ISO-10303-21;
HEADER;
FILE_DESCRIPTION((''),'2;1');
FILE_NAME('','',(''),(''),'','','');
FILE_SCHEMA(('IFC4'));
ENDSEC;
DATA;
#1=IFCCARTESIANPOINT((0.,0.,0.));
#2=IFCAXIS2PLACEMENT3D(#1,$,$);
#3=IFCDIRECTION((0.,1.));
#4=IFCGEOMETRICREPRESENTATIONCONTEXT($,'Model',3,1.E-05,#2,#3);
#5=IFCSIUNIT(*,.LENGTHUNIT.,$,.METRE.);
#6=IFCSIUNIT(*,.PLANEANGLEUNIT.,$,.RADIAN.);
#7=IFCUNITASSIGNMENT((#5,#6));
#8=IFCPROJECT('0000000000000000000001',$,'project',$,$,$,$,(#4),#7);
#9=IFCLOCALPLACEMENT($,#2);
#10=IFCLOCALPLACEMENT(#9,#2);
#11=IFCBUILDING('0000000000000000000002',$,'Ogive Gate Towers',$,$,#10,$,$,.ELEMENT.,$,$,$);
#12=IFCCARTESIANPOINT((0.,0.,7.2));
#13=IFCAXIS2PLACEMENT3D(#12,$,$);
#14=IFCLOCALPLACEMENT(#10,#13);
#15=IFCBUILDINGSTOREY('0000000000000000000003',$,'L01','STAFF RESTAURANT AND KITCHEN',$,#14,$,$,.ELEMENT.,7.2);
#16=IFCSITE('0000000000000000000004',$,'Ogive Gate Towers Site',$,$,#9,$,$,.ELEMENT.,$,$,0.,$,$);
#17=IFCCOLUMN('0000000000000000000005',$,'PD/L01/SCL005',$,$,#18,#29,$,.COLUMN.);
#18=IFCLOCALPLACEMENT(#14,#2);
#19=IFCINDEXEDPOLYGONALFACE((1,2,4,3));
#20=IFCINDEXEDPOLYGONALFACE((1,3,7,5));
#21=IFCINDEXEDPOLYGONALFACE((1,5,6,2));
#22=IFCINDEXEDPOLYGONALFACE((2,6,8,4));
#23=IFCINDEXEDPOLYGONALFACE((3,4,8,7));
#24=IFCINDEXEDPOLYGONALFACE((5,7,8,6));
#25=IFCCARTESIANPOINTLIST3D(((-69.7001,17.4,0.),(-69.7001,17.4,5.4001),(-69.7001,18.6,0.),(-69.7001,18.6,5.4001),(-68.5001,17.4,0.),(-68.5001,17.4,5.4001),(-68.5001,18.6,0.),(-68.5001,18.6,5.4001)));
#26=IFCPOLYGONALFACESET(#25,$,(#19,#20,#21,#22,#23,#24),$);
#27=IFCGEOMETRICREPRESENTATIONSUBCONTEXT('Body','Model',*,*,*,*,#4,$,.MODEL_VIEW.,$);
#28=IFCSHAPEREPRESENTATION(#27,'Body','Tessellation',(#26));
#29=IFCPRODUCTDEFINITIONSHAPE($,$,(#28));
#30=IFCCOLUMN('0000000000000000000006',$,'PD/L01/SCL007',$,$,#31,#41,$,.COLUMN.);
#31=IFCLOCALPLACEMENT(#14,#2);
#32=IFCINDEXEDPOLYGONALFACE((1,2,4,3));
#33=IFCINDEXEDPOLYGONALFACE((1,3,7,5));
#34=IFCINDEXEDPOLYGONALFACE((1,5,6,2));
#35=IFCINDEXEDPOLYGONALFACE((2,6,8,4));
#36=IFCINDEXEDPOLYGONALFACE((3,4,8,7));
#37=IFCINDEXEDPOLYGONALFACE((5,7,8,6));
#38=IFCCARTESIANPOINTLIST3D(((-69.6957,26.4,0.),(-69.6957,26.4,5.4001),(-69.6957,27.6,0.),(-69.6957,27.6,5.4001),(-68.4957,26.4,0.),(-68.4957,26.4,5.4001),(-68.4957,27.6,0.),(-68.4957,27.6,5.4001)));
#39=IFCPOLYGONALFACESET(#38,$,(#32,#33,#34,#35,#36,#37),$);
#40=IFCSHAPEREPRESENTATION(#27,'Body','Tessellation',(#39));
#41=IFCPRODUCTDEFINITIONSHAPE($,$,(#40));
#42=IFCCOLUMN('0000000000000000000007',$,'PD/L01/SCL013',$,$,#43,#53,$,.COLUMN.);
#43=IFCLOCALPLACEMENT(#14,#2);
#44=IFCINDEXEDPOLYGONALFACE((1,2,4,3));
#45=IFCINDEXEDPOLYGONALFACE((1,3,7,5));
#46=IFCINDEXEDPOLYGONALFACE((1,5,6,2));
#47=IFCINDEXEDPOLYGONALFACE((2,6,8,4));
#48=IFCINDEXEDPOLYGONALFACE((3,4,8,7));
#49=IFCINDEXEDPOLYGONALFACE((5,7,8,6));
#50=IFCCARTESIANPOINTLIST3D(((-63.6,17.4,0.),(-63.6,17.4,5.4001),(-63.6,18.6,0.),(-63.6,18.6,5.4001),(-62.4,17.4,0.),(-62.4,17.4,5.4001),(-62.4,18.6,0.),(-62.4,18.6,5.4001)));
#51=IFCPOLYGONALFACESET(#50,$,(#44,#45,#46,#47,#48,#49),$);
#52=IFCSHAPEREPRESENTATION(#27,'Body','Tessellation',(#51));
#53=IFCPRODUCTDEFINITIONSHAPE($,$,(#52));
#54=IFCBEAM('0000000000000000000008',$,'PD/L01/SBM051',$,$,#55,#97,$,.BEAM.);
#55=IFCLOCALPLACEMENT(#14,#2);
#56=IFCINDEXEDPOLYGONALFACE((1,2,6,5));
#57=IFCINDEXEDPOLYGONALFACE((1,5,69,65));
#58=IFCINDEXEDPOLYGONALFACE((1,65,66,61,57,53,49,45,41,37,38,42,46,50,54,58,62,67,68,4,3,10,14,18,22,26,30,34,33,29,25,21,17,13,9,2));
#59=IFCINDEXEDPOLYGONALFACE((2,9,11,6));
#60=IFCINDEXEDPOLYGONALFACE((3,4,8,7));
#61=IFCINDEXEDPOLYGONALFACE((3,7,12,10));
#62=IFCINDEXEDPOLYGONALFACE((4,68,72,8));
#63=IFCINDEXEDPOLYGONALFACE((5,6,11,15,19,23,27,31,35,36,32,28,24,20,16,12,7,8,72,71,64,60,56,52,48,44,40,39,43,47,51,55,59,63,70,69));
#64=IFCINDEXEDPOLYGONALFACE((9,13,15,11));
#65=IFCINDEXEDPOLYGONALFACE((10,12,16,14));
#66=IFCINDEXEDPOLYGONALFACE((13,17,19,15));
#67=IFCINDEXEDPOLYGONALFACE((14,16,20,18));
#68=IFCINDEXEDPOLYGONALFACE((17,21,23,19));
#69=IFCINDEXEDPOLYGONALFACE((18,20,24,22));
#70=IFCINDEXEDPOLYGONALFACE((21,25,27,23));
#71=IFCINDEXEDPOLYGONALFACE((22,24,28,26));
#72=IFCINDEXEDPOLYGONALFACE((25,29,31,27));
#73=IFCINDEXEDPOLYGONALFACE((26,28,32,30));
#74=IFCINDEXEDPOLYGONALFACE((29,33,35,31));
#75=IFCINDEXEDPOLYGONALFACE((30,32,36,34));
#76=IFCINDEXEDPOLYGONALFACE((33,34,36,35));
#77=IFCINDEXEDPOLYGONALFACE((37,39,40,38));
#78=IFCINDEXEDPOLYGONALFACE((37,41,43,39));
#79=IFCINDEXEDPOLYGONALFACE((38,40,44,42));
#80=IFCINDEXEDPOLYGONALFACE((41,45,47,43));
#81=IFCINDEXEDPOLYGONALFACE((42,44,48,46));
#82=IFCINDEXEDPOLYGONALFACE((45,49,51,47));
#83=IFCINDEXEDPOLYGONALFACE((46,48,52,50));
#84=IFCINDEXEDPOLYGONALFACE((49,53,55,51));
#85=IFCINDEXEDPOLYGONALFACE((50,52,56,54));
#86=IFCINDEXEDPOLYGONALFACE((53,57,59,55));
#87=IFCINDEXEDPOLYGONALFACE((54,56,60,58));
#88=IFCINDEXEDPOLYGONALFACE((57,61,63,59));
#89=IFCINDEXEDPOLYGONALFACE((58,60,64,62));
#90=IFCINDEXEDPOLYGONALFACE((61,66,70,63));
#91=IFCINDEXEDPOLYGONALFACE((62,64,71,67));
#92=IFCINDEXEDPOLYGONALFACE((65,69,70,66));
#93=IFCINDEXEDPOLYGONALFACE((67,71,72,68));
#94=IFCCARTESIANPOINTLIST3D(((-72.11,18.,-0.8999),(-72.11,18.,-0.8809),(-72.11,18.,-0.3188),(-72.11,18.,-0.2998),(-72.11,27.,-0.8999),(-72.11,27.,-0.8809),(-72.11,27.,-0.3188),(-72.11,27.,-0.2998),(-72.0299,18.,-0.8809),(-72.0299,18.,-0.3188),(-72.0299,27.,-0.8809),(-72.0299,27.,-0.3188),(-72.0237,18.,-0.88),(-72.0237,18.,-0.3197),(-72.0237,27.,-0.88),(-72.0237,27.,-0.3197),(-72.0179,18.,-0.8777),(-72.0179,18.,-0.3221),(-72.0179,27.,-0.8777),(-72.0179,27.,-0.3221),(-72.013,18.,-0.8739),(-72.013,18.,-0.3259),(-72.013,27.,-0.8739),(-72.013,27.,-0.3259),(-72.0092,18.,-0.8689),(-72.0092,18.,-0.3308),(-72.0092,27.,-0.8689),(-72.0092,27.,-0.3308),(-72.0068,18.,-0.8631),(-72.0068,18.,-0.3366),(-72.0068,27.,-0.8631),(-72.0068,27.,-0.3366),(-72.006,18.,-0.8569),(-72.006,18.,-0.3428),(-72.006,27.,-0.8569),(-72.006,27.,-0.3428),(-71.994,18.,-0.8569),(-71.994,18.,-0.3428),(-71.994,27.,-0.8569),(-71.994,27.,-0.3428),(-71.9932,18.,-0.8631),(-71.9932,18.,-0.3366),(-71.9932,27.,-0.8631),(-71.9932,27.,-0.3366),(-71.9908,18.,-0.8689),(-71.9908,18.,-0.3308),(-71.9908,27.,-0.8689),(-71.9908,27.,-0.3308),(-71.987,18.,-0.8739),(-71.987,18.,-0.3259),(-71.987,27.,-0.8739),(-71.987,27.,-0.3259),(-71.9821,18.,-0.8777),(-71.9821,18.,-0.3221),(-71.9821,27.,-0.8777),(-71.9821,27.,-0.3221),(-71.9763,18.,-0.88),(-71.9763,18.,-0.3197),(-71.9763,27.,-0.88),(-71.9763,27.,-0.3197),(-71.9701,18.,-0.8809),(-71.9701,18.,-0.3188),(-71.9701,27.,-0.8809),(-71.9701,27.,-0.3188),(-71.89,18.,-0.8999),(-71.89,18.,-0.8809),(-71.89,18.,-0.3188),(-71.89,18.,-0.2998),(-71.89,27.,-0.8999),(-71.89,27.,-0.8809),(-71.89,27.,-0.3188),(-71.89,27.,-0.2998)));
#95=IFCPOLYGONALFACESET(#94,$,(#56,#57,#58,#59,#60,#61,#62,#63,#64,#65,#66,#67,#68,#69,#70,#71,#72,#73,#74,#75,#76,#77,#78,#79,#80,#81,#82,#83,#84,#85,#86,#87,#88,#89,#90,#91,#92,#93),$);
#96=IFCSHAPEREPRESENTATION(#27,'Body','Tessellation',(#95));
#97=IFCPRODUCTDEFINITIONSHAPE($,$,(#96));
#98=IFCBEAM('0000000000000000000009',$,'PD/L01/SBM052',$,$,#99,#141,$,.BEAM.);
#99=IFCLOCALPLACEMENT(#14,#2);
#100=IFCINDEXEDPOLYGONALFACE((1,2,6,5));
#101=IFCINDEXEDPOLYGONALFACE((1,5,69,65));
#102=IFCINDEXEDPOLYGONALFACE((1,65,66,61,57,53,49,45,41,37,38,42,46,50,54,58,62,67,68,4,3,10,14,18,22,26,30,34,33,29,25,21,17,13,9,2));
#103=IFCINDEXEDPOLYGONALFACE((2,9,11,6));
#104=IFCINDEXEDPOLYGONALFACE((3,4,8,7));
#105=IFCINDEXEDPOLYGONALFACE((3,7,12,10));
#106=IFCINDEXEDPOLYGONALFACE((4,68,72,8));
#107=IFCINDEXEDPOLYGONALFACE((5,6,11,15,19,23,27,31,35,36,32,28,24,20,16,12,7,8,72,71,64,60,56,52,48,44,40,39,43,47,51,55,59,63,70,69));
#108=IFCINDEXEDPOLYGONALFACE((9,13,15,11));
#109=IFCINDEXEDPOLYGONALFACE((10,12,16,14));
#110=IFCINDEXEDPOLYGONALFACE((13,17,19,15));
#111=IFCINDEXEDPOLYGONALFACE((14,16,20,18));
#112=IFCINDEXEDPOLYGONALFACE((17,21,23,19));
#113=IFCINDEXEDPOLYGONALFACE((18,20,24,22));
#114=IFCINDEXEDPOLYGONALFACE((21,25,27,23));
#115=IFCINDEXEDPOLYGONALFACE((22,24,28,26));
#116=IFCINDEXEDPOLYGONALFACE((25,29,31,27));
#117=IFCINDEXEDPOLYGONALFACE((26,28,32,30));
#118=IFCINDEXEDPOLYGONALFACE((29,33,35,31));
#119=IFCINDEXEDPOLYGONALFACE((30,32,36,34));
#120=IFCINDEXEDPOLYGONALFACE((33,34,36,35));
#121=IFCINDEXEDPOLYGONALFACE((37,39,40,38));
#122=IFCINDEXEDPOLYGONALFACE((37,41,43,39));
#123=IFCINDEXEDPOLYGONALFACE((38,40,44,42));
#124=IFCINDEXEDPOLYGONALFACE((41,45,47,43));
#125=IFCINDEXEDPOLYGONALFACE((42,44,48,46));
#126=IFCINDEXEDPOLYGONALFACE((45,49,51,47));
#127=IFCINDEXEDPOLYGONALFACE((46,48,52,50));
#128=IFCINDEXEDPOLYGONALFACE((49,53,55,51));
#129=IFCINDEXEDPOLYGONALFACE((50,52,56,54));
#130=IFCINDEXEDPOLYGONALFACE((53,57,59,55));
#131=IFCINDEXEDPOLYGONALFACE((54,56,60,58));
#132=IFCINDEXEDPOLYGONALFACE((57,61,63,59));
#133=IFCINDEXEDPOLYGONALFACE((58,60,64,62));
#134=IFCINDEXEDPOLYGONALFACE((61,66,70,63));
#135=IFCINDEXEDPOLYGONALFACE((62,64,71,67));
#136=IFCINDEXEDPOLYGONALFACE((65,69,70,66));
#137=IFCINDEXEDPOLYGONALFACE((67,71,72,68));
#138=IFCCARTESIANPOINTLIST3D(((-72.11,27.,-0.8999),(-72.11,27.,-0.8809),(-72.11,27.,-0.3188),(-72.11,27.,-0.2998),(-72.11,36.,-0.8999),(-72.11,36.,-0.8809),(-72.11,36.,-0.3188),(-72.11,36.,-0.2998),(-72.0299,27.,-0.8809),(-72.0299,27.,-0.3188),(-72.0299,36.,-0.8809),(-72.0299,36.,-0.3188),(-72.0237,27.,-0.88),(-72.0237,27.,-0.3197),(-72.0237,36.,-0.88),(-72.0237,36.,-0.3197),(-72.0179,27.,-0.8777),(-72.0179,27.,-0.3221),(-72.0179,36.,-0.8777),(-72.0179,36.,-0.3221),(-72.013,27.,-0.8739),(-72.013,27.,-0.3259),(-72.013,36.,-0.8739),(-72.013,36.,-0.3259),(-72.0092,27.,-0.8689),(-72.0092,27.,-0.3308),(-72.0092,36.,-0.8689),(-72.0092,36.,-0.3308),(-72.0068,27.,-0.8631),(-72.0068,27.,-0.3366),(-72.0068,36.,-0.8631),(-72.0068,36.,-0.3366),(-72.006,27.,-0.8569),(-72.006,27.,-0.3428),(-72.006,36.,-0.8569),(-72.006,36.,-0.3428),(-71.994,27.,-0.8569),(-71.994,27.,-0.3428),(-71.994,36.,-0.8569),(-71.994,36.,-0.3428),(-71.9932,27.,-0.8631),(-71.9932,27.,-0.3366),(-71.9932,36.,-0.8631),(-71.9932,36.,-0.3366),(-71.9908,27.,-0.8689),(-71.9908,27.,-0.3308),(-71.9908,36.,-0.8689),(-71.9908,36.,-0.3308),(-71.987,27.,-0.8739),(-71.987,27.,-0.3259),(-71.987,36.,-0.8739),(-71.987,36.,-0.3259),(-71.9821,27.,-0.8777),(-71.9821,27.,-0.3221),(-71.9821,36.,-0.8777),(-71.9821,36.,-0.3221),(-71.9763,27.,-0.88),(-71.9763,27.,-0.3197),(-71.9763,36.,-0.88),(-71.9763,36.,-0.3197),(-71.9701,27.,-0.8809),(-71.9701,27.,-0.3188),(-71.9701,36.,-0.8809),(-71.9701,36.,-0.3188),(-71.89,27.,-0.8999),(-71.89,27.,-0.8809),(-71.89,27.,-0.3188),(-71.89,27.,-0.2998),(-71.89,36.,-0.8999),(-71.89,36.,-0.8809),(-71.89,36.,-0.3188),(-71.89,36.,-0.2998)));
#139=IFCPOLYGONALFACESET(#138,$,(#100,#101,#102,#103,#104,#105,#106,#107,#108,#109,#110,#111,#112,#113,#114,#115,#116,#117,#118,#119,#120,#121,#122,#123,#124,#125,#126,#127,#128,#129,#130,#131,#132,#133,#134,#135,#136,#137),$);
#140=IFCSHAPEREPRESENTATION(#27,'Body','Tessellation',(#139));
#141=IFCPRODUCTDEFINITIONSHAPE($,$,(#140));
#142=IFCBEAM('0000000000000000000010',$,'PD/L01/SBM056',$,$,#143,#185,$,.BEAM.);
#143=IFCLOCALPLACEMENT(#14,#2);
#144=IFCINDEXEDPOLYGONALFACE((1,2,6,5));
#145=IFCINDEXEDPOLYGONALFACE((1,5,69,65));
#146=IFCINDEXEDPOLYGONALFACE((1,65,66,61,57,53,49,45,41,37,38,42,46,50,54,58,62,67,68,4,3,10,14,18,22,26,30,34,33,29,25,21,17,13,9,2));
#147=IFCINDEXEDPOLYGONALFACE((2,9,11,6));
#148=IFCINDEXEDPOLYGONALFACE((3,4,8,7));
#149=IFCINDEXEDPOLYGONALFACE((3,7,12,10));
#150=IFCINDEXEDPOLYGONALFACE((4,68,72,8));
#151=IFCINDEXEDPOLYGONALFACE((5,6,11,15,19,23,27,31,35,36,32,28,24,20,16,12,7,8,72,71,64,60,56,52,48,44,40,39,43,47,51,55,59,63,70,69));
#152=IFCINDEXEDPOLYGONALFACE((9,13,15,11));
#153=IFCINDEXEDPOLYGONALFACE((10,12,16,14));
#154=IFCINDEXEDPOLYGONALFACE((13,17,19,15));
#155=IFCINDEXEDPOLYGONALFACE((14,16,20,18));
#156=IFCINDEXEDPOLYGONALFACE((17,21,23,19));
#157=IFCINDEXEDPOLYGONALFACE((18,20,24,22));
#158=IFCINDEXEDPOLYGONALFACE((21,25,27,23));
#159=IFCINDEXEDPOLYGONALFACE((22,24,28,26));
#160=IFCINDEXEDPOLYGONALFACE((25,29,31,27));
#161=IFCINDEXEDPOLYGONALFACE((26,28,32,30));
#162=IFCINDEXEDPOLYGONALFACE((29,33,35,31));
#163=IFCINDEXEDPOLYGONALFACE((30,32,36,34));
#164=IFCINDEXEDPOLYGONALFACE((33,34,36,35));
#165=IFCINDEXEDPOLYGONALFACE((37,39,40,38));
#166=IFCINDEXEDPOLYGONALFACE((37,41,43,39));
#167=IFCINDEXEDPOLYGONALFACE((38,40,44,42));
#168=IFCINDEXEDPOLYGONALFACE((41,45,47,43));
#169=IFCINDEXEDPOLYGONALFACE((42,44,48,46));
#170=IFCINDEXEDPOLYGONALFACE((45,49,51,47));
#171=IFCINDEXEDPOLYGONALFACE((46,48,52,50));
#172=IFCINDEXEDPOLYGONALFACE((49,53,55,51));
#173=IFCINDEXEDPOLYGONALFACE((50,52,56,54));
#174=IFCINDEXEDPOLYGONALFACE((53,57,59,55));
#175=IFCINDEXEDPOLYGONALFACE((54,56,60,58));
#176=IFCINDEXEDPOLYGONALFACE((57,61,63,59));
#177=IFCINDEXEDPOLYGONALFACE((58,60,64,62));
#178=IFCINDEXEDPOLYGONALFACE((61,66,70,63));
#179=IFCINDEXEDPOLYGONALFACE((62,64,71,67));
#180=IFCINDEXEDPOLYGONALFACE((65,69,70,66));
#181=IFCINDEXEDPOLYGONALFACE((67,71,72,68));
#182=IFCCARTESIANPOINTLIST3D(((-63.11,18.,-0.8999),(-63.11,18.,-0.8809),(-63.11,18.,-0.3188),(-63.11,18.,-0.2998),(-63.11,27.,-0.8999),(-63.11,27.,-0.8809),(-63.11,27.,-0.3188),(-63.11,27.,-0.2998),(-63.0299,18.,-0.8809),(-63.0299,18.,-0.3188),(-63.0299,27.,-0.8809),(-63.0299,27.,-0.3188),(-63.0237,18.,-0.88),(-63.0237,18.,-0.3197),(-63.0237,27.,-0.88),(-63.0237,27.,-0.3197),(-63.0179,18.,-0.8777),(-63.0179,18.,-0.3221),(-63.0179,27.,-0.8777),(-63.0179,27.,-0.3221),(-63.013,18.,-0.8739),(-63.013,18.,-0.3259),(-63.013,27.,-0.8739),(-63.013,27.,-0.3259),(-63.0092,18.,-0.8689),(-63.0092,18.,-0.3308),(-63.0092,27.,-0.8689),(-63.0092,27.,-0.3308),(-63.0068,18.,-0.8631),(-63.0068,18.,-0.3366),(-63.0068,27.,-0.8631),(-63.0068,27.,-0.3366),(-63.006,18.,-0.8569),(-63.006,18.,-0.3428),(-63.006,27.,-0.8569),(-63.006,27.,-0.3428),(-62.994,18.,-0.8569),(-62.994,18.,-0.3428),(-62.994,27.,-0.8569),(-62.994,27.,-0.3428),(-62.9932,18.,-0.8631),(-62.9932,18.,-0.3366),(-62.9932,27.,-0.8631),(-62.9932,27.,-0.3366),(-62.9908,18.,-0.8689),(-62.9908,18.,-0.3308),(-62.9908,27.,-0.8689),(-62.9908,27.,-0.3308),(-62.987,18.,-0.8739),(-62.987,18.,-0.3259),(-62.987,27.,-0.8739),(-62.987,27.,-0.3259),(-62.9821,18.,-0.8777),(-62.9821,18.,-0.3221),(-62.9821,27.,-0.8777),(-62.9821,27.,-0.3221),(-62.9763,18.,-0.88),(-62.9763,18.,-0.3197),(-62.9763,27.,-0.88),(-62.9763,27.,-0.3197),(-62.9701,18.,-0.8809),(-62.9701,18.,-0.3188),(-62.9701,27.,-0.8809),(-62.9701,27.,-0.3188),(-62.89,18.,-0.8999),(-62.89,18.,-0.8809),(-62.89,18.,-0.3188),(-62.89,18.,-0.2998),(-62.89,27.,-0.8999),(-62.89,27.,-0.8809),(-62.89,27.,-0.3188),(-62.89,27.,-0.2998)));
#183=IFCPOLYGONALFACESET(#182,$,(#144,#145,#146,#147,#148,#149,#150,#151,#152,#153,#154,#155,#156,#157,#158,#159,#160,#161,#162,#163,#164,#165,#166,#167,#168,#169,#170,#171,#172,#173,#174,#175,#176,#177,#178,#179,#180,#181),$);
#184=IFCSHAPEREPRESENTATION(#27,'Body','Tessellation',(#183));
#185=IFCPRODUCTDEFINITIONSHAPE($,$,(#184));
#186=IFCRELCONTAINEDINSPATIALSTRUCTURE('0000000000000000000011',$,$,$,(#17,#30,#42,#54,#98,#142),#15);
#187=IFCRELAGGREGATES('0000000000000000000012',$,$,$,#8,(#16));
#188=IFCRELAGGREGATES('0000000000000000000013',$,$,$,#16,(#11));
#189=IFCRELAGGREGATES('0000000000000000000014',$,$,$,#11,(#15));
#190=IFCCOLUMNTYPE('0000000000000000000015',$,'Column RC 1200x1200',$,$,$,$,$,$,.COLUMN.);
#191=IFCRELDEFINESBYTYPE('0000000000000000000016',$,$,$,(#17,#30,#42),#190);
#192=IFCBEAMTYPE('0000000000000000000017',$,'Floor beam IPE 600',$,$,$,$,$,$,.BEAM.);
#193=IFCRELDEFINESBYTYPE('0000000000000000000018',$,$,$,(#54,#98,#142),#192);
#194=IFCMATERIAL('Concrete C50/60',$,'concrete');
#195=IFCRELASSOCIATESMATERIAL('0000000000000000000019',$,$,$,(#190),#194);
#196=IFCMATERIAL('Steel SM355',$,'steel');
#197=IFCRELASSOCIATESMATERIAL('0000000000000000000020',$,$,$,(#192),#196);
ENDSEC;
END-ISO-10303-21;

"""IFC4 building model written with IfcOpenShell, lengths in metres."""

from ifc_helpers import new_model, si_unit, direction, frame, origin, origin_2d, place, context, subcontext, project, spatial, rectangle, i_section, extrude, material, material_profile, profile_set, type_object, element, save


model = new_model("IFC4")

# Units and contexts
model_context = context("Model", 3, precision=1e-05, world=origin(), true_north=direction((0.0, 1.0)))
body_context = subcontext(model_context, "Body", "Model", "MODEL_VIEW")
ifc_project = project(units=[si_unit("LENGTHUNIT", "METRE"), si_unit("PLANEANGLEUNIT", "RADIAN")], contexts=[model_context])

# Site, building, storey
site_placement = place(None, origin())
site = spatial("IfcSite", under=ifc_project, at=site_placement, Name="Ogive Gate Towers Site", CompositionType="ELEMENT", RefElevation=0.0)
building_placement = place(site_placement, origin())
building = spatial("IfcBuilding", under=site, at=building_placement, Name="Ogive Gate Towers", CompositionType="ELEMENT")
storey_placement = place(building_placement, frame((0.0, 0.0, 7.2)))
storey = spatial("IfcBuildingStorey", under=building, at=storey_placement, Name="L01", Description="STAFF RESTAURANT AND KITCHEN", CompositionType="ELEMENT", Elevation=7.2)

# Columns
ifc_material_1 = material(Name="Concrete C50/60", Category="concrete")
ifc_material_profile_1 = material_profile(ifc_material_1, rectangle(XDim=1.2, YDim=1.2, at=origin_2d()), Name="RC 1200x1200")
ifc_profile_set_1 = profile_set([ifc_material_profile_1], Name="Concrete C50/60")
column_type = type_object("IfcColumnType", Name="Column RC 1200x1200", PredefinedType="COLUMN", material=ifc_profile_set_1)
for number, where, z_axis, x_axis, name in (
    (1, (-69.1001, 18.0, 0.0), (0.0, 0.0, 1.0), (1.0, 0.0, 0.0), "PD/L01/SCL005"),
    (2, (-69.0957, 27.0, 0.0), (0.0, 0.0, 1.0), (1.0, 0.0, 0.0), "PD/L01/SCL007"),
    (3, (-63.0, 18.0, 0.0), (0.0, 0.0, 1.0), (1.0, 0.0, 0.0), "PD/L01/SCL013"),
):
    element("IfcColumn", number, at=place(storey_placement, frame(where, z_axis=z_axis, x_axis=x_axis)), inside=storey, type_object=column_type, Name=name, PredefinedType="COLUMN", context=body_context, shape_type="SweptSolid", body=[
        extrude(rectangle(XDim=1.2, YDim=1.2, at=origin_2d()), origin(), (0.0, 0.0, 1.0), 5.4001),
    ])

# Beams
ifc_material_2 = material(Name="Steel SM355", Category="steel")
ifc_material_profile_2 = material_profile(ifc_material_2, i_section(OverallWidth=0.22, OverallDepth=0.6001, WebThickness=0.012, FlangeThickness=0.019, FilletRadius=0.0239, at=origin_2d()), Name="IPE 600")
ifc_profile_set_2 = profile_set([ifc_material_profile_2], Name="Steel SM355")
beam_type_1 = type_object("IfcBeamType", Name="Floor beam IPE 600", PredefinedType="BEAM", material=ifc_profile_set_2)
for number, where, z_axis, x_axis, name in (
    (4, (-72.0, 18.0, -0.5999), (0.0, 1.0, 0.0), (-1.0, 0.0, 0.0), "PD/L01/SBM051"),
    (5, (-72.0, 27.0, -0.5999), (0.0, 1.0, 0.0), (-1.0, 0.0, 0.0), "PD/L01/SBM052"),
    (6, (-63.0, 18.0, -0.5999), (0.0, 1.0, 0.0), (-1.0, 0.0, 0.0), "PD/L01/SBM056"),
):
    element("IfcBeam", number, at=place(storey_placement, frame(where, z_axis=z_axis, x_axis=x_axis)), inside=storey, type_object=beam_type_1, Name=name, PredefinedType="BEAM", context=body_context, shape_type="SweptSolid", body=[
        extrude(i_section(OverallWidth=0.22, OverallDepth=0.6001, WebThickness=0.012, FlangeThickness=0.019, FilletRadius=0.0239, at=origin_2d()), origin(), (0.0, 0.0, 1.0), 9.0),
    ])

save(model, "model.ifc")
